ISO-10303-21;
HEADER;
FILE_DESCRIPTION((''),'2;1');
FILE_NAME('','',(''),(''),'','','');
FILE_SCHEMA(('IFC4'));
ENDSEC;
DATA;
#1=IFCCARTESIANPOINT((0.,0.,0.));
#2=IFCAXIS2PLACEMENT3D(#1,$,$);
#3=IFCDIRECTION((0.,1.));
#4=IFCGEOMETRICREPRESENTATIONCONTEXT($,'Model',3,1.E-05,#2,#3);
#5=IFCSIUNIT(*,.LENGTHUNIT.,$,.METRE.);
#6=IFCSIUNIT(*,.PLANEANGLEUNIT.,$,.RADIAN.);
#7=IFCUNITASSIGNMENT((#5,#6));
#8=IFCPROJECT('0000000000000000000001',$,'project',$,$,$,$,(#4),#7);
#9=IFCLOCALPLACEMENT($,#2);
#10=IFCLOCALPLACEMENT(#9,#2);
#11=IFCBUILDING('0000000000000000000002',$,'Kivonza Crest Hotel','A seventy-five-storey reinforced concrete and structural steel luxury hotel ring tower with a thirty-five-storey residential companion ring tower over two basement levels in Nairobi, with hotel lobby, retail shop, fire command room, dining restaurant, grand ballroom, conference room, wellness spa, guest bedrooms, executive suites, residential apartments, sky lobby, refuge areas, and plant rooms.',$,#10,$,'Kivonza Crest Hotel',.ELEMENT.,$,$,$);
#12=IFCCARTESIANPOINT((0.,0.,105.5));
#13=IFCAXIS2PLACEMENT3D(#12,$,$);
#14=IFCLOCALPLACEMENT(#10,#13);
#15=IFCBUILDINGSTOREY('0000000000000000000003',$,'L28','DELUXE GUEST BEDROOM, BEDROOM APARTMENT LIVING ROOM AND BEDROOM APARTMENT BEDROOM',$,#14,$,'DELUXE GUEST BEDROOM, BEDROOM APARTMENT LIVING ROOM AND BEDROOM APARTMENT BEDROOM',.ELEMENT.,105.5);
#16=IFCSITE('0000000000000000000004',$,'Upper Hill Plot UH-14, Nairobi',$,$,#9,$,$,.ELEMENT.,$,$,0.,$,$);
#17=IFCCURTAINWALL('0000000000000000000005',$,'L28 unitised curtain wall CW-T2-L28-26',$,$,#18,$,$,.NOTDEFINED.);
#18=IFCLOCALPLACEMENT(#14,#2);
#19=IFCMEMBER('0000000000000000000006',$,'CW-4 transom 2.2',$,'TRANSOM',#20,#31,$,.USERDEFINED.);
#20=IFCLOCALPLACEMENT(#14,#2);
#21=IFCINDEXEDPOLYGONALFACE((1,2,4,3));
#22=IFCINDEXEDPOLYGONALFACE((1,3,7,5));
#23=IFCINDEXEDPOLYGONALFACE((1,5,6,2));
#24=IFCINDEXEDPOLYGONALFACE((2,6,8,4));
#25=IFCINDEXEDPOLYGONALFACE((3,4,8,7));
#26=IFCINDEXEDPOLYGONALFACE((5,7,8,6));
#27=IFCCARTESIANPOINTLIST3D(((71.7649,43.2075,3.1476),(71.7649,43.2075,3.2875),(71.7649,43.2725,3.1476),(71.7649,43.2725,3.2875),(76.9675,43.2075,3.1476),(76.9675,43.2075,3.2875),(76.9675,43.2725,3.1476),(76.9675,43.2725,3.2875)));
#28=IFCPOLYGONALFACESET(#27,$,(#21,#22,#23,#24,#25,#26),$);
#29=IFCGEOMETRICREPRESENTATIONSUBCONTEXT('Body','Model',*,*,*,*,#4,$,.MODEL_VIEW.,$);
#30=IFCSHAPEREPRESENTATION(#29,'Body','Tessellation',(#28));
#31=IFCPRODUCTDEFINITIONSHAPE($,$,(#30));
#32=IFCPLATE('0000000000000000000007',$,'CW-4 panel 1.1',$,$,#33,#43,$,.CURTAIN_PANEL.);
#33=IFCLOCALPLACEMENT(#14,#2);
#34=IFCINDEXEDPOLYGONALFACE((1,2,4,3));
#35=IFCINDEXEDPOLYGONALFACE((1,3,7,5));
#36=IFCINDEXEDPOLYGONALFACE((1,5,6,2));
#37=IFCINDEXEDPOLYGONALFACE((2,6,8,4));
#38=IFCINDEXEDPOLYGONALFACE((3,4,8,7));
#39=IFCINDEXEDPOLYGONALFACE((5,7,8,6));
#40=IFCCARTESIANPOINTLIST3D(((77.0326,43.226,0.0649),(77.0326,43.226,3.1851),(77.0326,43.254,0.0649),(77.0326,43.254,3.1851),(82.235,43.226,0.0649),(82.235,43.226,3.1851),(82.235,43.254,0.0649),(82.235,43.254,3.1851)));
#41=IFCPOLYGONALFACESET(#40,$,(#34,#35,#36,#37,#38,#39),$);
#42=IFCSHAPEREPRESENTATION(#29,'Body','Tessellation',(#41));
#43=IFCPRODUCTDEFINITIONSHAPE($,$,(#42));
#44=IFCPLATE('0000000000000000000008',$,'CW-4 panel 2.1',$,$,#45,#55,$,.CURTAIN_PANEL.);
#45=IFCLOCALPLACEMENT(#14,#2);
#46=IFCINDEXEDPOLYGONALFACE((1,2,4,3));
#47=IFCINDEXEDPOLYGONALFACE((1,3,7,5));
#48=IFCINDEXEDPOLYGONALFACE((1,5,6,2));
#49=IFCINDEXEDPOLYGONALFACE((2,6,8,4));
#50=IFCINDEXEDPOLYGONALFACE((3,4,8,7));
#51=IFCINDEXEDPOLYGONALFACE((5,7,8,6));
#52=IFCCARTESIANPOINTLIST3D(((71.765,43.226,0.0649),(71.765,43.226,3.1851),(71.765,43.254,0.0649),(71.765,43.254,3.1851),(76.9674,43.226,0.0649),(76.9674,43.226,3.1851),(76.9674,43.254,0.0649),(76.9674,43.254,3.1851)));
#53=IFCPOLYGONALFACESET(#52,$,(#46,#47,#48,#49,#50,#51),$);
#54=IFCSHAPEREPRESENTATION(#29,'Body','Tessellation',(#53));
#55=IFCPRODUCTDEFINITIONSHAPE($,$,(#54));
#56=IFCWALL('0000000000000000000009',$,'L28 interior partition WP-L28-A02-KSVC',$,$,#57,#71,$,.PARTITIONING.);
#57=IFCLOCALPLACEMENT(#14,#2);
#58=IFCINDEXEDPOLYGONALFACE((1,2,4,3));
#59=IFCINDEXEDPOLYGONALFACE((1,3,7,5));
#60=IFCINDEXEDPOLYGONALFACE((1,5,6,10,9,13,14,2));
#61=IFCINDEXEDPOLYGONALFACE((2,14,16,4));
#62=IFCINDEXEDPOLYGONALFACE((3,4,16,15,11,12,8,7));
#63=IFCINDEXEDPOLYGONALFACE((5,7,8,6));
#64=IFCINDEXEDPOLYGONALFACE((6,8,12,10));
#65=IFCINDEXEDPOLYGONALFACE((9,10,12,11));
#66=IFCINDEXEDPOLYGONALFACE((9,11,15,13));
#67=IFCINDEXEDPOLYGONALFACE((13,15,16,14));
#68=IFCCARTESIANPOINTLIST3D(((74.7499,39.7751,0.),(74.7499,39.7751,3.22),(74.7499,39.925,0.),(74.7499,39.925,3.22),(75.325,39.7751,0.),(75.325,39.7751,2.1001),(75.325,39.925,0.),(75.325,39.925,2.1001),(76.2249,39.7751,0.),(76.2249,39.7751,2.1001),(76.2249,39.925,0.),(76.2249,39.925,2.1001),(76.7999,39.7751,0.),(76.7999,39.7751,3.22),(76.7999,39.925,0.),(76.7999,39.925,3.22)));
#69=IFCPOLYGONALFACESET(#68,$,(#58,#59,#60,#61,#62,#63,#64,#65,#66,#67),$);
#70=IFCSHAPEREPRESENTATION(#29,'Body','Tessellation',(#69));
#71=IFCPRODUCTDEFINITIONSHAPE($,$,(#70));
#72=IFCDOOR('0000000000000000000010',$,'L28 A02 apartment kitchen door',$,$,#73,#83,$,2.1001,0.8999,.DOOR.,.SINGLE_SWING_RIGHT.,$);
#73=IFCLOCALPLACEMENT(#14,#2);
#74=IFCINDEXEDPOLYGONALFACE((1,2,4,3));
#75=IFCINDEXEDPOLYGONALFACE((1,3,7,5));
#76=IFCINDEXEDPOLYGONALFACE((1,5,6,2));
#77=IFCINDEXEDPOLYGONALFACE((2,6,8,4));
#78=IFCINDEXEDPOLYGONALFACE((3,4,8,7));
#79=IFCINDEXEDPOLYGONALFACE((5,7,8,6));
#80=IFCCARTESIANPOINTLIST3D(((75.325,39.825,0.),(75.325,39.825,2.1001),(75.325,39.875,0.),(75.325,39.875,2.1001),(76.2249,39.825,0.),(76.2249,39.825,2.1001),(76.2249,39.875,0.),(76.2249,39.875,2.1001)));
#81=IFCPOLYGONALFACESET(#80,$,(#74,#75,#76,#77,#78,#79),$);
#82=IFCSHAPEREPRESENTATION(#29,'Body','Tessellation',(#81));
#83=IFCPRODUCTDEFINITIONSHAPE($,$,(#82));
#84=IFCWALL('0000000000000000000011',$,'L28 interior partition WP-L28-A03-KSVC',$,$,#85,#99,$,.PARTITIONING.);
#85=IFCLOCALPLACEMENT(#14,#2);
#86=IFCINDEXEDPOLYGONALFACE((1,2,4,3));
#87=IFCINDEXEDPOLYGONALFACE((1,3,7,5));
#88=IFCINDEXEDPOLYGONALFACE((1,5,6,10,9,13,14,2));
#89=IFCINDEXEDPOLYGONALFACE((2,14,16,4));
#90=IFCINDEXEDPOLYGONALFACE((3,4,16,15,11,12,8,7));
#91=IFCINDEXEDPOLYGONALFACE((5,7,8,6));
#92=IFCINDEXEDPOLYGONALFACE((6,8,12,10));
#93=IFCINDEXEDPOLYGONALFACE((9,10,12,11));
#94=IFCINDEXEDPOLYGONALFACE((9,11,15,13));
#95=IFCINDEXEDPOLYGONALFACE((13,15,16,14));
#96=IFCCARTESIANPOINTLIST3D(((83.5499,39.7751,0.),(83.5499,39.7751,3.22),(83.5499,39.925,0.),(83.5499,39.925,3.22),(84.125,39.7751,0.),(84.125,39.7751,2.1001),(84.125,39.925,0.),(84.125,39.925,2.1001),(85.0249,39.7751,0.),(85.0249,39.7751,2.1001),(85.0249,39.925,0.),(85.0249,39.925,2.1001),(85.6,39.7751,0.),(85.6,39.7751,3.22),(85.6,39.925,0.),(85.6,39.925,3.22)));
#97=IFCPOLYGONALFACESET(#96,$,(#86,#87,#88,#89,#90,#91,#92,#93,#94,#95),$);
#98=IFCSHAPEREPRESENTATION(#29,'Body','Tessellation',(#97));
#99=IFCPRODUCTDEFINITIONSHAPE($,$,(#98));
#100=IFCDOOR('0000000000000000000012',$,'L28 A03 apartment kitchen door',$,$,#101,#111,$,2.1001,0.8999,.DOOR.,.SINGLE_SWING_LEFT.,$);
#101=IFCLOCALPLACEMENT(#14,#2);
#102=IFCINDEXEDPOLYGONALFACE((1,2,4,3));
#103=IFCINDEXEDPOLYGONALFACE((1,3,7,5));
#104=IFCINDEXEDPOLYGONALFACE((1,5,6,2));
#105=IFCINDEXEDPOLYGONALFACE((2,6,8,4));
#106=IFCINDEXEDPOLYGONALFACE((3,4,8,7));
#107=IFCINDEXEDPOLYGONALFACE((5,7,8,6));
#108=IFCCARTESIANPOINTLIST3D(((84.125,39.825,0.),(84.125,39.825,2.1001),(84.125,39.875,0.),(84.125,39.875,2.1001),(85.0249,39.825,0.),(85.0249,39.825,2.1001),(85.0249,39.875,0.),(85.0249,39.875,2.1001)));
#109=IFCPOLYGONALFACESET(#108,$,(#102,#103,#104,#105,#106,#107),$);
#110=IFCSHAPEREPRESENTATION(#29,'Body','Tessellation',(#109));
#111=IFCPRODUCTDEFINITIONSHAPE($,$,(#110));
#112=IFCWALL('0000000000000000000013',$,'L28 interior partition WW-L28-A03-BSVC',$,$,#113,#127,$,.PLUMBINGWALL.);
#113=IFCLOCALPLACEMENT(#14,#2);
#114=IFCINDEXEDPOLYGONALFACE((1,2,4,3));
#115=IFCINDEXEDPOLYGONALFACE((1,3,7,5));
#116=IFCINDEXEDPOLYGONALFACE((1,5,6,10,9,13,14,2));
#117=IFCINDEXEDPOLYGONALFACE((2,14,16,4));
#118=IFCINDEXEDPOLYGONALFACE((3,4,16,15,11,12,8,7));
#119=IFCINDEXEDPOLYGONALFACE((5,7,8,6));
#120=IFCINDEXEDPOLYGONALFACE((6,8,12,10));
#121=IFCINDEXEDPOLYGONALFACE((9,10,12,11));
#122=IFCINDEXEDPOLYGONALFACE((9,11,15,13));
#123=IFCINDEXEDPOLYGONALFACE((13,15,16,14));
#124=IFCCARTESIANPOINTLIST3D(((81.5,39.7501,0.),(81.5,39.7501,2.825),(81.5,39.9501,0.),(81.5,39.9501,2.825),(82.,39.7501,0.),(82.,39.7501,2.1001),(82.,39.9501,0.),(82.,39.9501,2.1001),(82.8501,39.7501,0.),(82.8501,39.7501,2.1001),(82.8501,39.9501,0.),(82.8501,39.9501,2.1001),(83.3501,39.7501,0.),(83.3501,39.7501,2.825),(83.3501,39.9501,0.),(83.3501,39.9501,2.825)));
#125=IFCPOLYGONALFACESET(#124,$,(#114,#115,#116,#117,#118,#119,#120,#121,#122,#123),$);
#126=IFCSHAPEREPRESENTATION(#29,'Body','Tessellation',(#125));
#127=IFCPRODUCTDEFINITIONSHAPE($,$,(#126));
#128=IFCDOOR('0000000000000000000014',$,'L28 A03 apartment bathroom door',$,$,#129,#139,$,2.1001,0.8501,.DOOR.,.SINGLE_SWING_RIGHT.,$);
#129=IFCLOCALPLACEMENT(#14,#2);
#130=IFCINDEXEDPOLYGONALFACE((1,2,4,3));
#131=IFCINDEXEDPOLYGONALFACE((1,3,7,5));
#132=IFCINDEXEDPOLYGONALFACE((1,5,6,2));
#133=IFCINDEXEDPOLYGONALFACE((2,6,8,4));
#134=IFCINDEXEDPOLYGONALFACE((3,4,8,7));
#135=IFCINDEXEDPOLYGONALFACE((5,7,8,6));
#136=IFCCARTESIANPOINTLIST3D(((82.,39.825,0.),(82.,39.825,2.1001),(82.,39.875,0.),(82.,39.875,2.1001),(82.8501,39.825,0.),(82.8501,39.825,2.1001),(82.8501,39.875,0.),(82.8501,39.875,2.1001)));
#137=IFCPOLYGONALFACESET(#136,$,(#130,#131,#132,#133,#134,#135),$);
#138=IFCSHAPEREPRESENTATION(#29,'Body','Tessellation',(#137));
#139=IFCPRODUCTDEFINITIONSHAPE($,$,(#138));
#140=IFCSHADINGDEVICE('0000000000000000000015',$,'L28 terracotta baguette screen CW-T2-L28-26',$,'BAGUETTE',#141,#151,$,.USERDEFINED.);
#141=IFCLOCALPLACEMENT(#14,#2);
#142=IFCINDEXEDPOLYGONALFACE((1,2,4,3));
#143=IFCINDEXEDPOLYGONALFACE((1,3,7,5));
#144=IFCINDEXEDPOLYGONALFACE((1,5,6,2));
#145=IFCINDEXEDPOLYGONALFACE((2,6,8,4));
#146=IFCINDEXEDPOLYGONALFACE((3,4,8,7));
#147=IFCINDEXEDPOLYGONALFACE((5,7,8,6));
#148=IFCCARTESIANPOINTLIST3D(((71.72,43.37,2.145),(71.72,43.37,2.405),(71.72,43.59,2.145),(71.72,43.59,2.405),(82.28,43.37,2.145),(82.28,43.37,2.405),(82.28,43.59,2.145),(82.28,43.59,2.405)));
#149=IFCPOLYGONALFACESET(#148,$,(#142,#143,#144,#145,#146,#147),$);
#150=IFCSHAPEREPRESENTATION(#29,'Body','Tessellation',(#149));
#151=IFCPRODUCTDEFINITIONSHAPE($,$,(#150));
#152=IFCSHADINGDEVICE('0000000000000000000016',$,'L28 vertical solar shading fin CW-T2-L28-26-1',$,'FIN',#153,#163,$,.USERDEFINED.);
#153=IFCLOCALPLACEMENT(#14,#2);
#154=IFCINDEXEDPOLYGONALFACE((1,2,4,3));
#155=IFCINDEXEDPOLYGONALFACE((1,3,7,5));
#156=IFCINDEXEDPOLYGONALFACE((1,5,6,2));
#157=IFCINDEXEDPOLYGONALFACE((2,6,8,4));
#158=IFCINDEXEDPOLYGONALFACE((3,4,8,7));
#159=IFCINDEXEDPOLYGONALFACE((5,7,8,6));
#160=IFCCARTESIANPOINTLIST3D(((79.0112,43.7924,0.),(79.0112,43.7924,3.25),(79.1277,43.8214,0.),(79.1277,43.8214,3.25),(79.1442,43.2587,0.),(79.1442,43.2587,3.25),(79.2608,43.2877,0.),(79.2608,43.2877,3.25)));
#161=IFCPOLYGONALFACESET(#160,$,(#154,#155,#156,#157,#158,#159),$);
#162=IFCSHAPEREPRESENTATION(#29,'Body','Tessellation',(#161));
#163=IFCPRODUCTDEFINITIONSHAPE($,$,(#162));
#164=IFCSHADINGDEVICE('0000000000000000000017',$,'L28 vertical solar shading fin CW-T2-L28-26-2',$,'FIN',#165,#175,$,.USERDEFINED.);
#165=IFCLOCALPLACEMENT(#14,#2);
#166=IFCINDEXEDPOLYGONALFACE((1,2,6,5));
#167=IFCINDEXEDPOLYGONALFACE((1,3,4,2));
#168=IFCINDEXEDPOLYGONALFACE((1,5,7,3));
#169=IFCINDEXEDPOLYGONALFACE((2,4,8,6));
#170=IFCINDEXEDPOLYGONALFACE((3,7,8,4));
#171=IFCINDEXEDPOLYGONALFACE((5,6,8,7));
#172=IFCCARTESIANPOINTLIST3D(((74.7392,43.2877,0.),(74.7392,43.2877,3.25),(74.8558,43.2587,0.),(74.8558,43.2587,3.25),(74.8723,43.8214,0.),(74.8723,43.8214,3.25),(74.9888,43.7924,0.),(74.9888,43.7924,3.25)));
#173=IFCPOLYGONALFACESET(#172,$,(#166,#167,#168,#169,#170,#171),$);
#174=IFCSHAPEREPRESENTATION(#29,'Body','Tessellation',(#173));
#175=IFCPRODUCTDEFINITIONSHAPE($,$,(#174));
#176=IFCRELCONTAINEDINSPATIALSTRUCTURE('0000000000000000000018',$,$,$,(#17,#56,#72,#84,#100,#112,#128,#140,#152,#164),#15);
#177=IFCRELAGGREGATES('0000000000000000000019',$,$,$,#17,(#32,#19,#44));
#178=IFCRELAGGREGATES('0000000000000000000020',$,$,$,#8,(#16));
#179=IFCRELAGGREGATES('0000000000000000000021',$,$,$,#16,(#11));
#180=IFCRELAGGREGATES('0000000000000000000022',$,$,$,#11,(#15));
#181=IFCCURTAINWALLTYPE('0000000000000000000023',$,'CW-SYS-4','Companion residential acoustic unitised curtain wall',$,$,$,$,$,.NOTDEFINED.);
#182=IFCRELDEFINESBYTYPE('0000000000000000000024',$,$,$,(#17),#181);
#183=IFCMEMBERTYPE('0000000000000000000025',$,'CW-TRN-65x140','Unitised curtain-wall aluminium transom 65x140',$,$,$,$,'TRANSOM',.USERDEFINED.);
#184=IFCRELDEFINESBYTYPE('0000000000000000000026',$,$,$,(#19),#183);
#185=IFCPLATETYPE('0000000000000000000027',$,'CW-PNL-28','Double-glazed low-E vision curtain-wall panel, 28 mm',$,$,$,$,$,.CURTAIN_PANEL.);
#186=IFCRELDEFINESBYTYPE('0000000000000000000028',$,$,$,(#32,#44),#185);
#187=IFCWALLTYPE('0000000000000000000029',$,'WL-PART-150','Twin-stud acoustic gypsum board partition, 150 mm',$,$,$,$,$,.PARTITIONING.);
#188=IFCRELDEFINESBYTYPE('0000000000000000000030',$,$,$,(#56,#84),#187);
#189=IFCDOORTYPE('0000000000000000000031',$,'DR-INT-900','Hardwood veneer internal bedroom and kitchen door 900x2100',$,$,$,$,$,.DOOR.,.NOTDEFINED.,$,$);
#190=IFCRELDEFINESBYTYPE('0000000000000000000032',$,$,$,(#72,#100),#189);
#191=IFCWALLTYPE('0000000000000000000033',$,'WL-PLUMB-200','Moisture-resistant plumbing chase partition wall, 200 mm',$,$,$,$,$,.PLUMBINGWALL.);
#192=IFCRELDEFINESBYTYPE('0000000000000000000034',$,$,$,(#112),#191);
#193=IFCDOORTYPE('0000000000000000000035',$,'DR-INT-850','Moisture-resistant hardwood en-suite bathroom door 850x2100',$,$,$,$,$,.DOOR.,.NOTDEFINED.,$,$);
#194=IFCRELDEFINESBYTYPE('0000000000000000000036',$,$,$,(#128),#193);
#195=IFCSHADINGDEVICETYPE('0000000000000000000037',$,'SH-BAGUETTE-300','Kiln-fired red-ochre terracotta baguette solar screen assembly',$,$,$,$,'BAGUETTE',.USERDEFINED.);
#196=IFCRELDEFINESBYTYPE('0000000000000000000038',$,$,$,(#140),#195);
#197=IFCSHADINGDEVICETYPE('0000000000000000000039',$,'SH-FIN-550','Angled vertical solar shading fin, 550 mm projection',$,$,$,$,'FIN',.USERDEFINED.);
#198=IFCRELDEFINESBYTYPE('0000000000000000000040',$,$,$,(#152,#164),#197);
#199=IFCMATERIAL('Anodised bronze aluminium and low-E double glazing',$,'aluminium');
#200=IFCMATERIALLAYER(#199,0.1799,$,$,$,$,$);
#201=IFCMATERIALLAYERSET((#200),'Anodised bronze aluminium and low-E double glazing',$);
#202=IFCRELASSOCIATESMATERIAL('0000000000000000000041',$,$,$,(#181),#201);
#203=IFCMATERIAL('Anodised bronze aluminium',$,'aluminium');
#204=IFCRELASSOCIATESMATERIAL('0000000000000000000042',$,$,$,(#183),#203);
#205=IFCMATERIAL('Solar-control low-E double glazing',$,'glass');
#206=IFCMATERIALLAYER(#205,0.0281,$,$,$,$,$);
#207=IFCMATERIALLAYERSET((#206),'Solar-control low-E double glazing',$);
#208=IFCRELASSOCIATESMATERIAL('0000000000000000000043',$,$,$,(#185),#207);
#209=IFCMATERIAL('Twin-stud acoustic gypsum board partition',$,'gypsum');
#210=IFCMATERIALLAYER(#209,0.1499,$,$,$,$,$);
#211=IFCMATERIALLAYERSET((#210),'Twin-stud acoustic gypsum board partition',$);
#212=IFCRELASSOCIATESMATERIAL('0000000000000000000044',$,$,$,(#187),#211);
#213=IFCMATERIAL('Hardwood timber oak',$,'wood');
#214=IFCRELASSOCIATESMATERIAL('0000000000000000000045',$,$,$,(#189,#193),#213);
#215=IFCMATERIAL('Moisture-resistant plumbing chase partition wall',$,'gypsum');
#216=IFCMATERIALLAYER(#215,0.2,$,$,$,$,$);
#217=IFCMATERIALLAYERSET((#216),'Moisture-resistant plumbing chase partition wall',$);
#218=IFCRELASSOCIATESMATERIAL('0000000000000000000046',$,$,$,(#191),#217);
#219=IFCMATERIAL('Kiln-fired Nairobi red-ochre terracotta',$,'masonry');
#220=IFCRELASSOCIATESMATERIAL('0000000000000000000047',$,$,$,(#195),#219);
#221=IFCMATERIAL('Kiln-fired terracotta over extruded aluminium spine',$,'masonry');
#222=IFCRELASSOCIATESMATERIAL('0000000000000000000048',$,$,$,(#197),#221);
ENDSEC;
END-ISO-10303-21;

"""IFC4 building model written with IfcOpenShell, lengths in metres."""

from ifc_helpers import new_model, si_unit, direction, frame, frame_2d, origin, origin_2d, place, context, subcontext, project, spatial, rectangle, extrude, material, layer, layer_set, material_profile, profile_set, type_object, element, fill, aggregate, save


model = new_model("IFC4")

# Units and contexts
model_context = context("Model", 3, precision=1e-05, world=origin(), true_north=direction((0.0, 1.0)))
body_context = subcontext(model_context, "Body", "Model", "MODEL_VIEW")
ifc_project = project(units=[si_unit("LENGTHUNIT", "METRE"), si_unit("PLANEANGLEUNIT", "RADIAN")], contexts=[model_context])

# Site, building, storey
site_placement = place(None, origin())
site = spatial("IfcSite", under=ifc_project, at=site_placement, Name="Upper Hill Plot UH-14, Nairobi", CompositionType="ELEMENT", RefElevation=0.0)
building_placement = place(site_placement, origin())
building = spatial("IfcBuilding", under=site, at=building_placement, Name="Kivonza Crest Hotel", Description="A seventy-five-storey reinforced concrete and structural steel luxury hotel ring tower with a thirty-five-storey residential companion ring tower over two basement levels in Nairobi, with hotel lobby, retail shop, fire command room, dining restaurant, grand ballroom, conference room, wellness spa, guest bedrooms, executive suites, residential apartments, sky lobby, refuge areas, and plant rooms.", LongName="Kivonza Crest Hotel", CompositionType="ELEMENT")
storey_placement = place(building_placement, frame((0.0, 0.0, 105.5)))
storey = spatial("IfcBuildingStorey", under=building, at=storey_placement, Name="L28", Description="DELUXE GUEST BEDROOM, BEDROOM APARTMENT LIVING ROOM AND BEDROOM APARTMENT BEDROOM", LongName="DELUXE GUEST BEDROOM, BEDROOM APARTMENT LIVING ROOM AND BEDROOM APARTMENT BEDROOM", CompositionType="ELEMENT", Elevation=105.5)

# Curtain wall, member, plates
ifc_material_1 = material(Name="Anodised bronze aluminium and low-E double glazing", Category="aluminium")
ifc_layer_1 = layer(ifc_material_1, 0.1799)
ifc_layer_set_1 = layer_set([ifc_layer_1], Name="Anodised bronze aluminium and low-E double glazing")
curtain_wall_type = type_object("IfcCurtainWallType", Name="CW-SYS-4", Description="Companion residential acoustic unitised curtain wall", PredefinedType="NOTDEFINED", material=ifc_layer_set_1)
curtain_wall_placement = place(storey_placement, origin())
curtain_wall = element("IfcCurtainWall", 1, at=curtain_wall_placement, inside=storey, type_object=curtain_wall_type, Name="L28 unitised curtain wall CW-T2-L28-26", PredefinedType="NOTDEFINED")
ifc_material_2 = material(Name="Anodised bronze aluminium", Category="aluminium")
ifc_material_profile_1 = material_profile(ifc_material_2, rectangle(XDim=0.0649, YDim=0.1399, at=origin_2d()), Name="CW-T 65x140")
ifc_profile_set_1 = profile_set([ifc_material_profile_1], Name="Anodised bronze aluminium")
member_type_1 = type_object("IfcMemberType", Name="CW-TRN-65x140", Description="Unitised curtain-wall aluminium transom 65x140", ElementType="TRANSOM", PredefinedType="USERDEFINED", material=ifc_profile_set_1)
member_1_placement = place(storey_placement, frame((76.9675, 43.24, 3.2175), z_axis=(-1.0, 0.0, 0.0), x_axis=(0.0, -1.0, 0.0)))
member_1 = element("IfcMember", 2, at=member_1_placement, type_object=member_type_1, Name="CW-4 transom 2.2", ObjectType="TRANSOM", PredefinedType="USERDEFINED", context=body_context, shape_type="SweptSolid", body=[
    extrude(rectangle(XDim=0.0649, YDim=0.1399, at=origin_2d()), origin(), (0.0, 0.0, 1.0), 5.2026),
])
ifc_material_3 = material(Name="Solar-control low-E double glazing", Category="glass")
ifc_layer_2 = layer(ifc_material_3, 0.0281)
ifc_layer_set_2 = layer_set([ifc_layer_2], Name="Solar-control low-E double glazing")
plate_type = type_object("IfcPlateType", Name="CW-PNL-28", Description="Double-glazed low-E vision curtain-wall panel, 28 mm", PredefinedType="CURTAIN_PANEL", material=ifc_layer_set_2)
plate_1_placement = place(storey_placement, frame((79.6338, 43.24, 0.0649), z_axis=(0.0, 0.0, 1.0), x_axis=(-1.0, 0.0, 0.0)))
plate_1 = element("IfcPlate", 3, at=plate_1_placement, type_object=plate_type, Name="CW-4 panel 1.1", PredefinedType="CURTAIN_PANEL", context=body_context, shape_type="SweptSolid", body=[
    extrude(rectangle(XDim=5.2024, YDim=0.0281, at=origin_2d()), origin(), (0.0, 0.0, 1.0), 3.1201),
])
plate_2_placement = place(storey_placement, frame((74.3662, 43.24, 0.0649), z_axis=(0.0, 0.0, 1.0), x_axis=(-1.0, 0.0, 0.0)))
plate_2 = element("IfcPlate", 4, at=plate_2_placement, type_object=plate_type, Name="CW-4 panel 2.1", PredefinedType="CURTAIN_PANEL", context=body_context, shape_type="SweptSolid", body=[
    extrude(rectangle(XDim=5.2024, YDim=0.0281, at=origin_2d()), origin(), (0.0, 0.0, 1.0), 3.1201),
])
aggregate(curtain_wall, [plate_1, member_1, plate_2])

# Walls, openings, doors
ifc_material_4 = material(Name="Twin-stud acoustic gypsum board partition", Category="gypsum")
ifc_layer_3 = layer(ifc_material_4, 0.1499)
ifc_layer_set_3 = layer_set([ifc_layer_3], Name="Twin-stud acoustic gypsum board partition")
wall_type_1 = type_object("IfcWallType", Name="WL-PART-150", Description="Twin-stud acoustic gypsum board partition, 150 mm", PredefinedType="PARTITIONING", material=ifc_layer_set_3)
wall_1_placement = place(storey_placement, frame((74.75, 39.8501, 0.0), z_axis=(0.0, 0.0, 1.0), x_axis=(1.0, 0.0, 0.0)))
wall_1 = element("IfcWall", 5, at=wall_1_placement, inside=storey, type_object=wall_type_1, Name="L28 interior partition WP-L28-A02-KSVC", PredefinedType="PARTITIONING", context=body_context, shape_type="SweptSolid", body=[
    extrude(rectangle(XDim=2.05, YDim=0.1499, at=frame_2d((1.0249, 0.0))), origin(), (0.0, 0.0, 1.0), 3.22),
])
opening_1_placement = place(wall_1_placement, frame((0.575, 0.0, 0.0)))
opening_1 = element("IfcOpeningElement", 6, at=opening_1_placement, cuts=wall_1, PredefinedType="OPENING", context=body_context, shape_type="SweptSolid", body=[
    extrude(rectangle(XDim=0.8999, YDim=2.1001, at=frame_2d((0.45, 1.05))), frame((0.0, 0.085, 0.0), z_axis=(0.0, -1.0, 0.0), x_axis=(1.0, 0.0, 0.0)), (0.0, 0.0, 1.0), 0.1699),
])
ifc_material_5 = material(Name="Hardwood timber oak", Category="wood")
door_type_1 = type_object("IfcDoorType", Name="DR-INT-900", Description="Hardwood veneer internal bedroom and kitchen door 900x2100", OperationType="NOTDEFINED", PredefinedType="DOOR", material=ifc_material_5)
door_1_placement = place(opening_1_placement, origin())
door_1 = element("IfcDoor", 7, at=door_1_placement, inside=storey, type_object=door_type_1, Name="L28 A02 apartment kitchen door", OperationType="SINGLE_SWING_RIGHT", OverallHeight=2.1001, OverallWidth=0.8999, PredefinedType="DOOR", context=body_context, shape_type="SweptSolid", body=[
    extrude(rectangle(XDim=0.8999, YDim=2.1001, at=frame_2d((0.45, 1.05))), frame((0.0, 0.0249, 0.0), z_axis=(0.0, -1.0, 0.0), x_axis=(1.0, 0.0, 0.0)), (0.0, 0.0, 1.0), 0.05),
])
fill(opening_1, door_1)
wall_2_placement = place(storey_placement, frame((83.55, 39.8501, 0.0), z_axis=(0.0, 0.0, 1.0), x_axis=(1.0, 0.0, 0.0)))
wall_2 = element("IfcWall", 8, at=wall_2_placement, inside=storey, type_object=wall_type_1, Name="L28 interior partition WP-L28-A03-KSVC", PredefinedType="PARTITIONING", context=body_context, shape_type="SweptSolid", body=[
    extrude(rectangle(XDim=2.05, YDim=0.1499, at=frame_2d((1.0249, 0.0))), origin(), (0.0, 0.0, 1.0), 3.22),
])
opening_2_placement = place(wall_2_placement, frame((0.575, 0.0, 0.0)))
opening_2 = element("IfcOpeningElement", 9, at=opening_2_placement, cuts=wall_2, PredefinedType="OPENING", context=body_context, shape_type="SweptSolid", body=[
    extrude(rectangle(XDim=0.8999, YDim=2.1001, at=frame_2d((0.45, 1.05))), frame((0.0, 0.085, 0.0), z_axis=(0.0, -1.0, 0.0), x_axis=(1.0, 0.0, 0.0)), (0.0, 0.0, 1.0), 0.1699),
])
door_2_placement = place(opening_2_placement, origin())
door_2 = element("IfcDoor", 10, at=door_2_placement, inside=storey, type_object=door_type_1, Name="L28 A03 apartment kitchen door", OperationType="SINGLE_SWING_LEFT", OverallHeight=2.1001, OverallWidth=0.8999, PredefinedType="DOOR", context=body_context, shape_type="SweptSolid", body=[
    extrude(rectangle(XDim=0.8999, YDim=2.1001, at=frame_2d((0.45, 1.05))), frame((0.0, 0.0249, 0.0), z_axis=(0.0, -1.0, 0.0), x_axis=(1.0, 0.0, 0.0)), (0.0, 0.0, 1.0), 0.05),
])
fill(opening_2, door_2)
ifc_material_6 = material(Name="Moisture-resistant plumbing chase partition wall", Category="gypsum")
ifc_layer_4 = layer(ifc_material_6, 0.2)
ifc_layer_set_4 = layer_set([ifc_layer_4], Name="Moisture-resistant plumbing chase partition wall")
wall_type_2 = type_object("IfcWallType", Name="WL-PLUMB-200", Description="Moisture-resistant plumbing chase partition wall, 200 mm", PredefinedType="PLUMBINGWALL", material=ifc_layer_set_4)
wall_3_placement = place(storey_placement, frame((81.5, 39.8501, 0.0), z_axis=(0.0, 0.0, 1.0), x_axis=(1.0, 0.0, 0.0)))
wall_3 = element("IfcWall", 11, at=wall_3_placement, inside=storey, type_object=wall_type_2, Name="L28 interior partition WW-L28-A03-BSVC", PredefinedType="PLUMBINGWALL", context=body_context, shape_type="SweptSolid", body=[
    extrude(rectangle(XDim=1.8501, YDim=0.2, at=frame_2d((0.925, 0.0))), origin(), (0.0, 0.0, 1.0), 2.825),
])
opening_3_placement = place(wall_3_placement, frame((0.5, 0.0, 0.0)))
opening_3 = element("IfcOpeningElement", 12, at=opening_3_placement, cuts=wall_3, PredefinedType="OPENING", context=body_context, shape_type="SweptSolid", body=[
    extrude(rectangle(XDim=0.8501, YDim=2.1001, at=frame_2d((0.425, 1.05))), frame((0.0, 0.1099, 0.0), z_axis=(0.0, -1.0, 0.0), x_axis=(1.0, 0.0, 0.0)), (0.0, 0.0, 1.0), 0.22),
])
door_type_2 = type_object("IfcDoorType", Name="DR-INT-850", Description="Moisture-resistant hardwood en-suite bathroom door 850x2100", OperationType="NOTDEFINED", PredefinedType="DOOR", material=ifc_material_5)
door_3_placement = place(opening_3_placement, origin())
door_3 = element("IfcDoor", 13, at=door_3_placement, inside=storey, type_object=door_type_2, Name="L28 A03 apartment bathroom door", OperationType="SINGLE_SWING_RIGHT", OverallHeight=2.1001, OverallWidth=0.8501, PredefinedType="DOOR", context=body_context, shape_type="SweptSolid", body=[
    extrude(rectangle(XDim=0.8501, YDim=2.1001, at=frame_2d((0.425, 1.05))), frame((0.0, 0.0249, 0.0), z_axis=(0.0, -1.0, 0.0), x_axis=(1.0, 0.0, 0.0)), (0.0, 0.0, 1.0), 0.05),
])
fill(opening_3, door_3)

# Shading devices
ifc_material_7 = material(Name="Kiln-fired Nairobi red-ochre terracotta", Category="masonry")
shading_device_type_1 = type_object("IfcShadingDeviceType", Name="SH-BAGUETTE-300", Description="Kiln-fired red-ochre terracotta baguette solar screen assembly", ElementType="BAGUETTE", PredefinedType="USERDEFINED", material=ifc_material_7)
shading_device_placement = place(storey_placement, frame((77.0, 43.48, 2.145), z_axis=(0.0, 0.0, 1.0), x_axis=(-1.0, 0.0, 0.0)))
element("IfcShadingDevice", 14, at=shading_device_placement, inside=storey, type_object=shading_device_type_1, Name="L28 terracotta baguette screen CW-T2-L28-26", ObjectType="BAGUETTE", PredefinedType="USERDEFINED", context=body_context, shape_type="SweptSolid", body=[
    extrude(rectangle(XDim=10.5601, YDim=0.22, at=origin_2d()), origin(), (0.0, 0.0, 1.0), 0.26),
])
ifc_material_8 = material(Name="Kiln-fired terracotta over extruded aluminium spine", Category="masonry")
shading_device_type_2 = type_object("IfcShadingDeviceType", Name="SH-FIN-550", Description="Angled vertical solar shading fin, 550 mm projection", ElementType="FIN", PredefinedType="USERDEFINED", material=ifc_material_8)
for number, where, z_axis, x_axis, name in (
    (15, (79.136, 43.54, 0.0), (0.0, 0.0, 1.0), (-0.970296, -0.241922, 0.0), "L28 vertical solar shading fin CW-T2-L28-26-1"),
    (16, (74.864, 43.54, 0.0), (0.0, 0.0, 1.0), (-0.970296, 0.241922, 0.0), "L28 vertical solar shading fin CW-T2-L28-26-2"),
):
    element("IfcShadingDevice", number, at=place(storey_placement, frame(where, z_axis=z_axis, x_axis=x_axis)), inside=storey, type_object=shading_device_type_2, Name=name, ObjectType="FIN", PredefinedType="USERDEFINED", context=body_context, shape_type="SweptSolid", body=[
        extrude(rectangle(XDim=0.1201, YDim=0.55, at=origin_2d()), origin(), (0.0, 0.0, 1.0), 3.25),
    ])

save(model, "model.ifc")
